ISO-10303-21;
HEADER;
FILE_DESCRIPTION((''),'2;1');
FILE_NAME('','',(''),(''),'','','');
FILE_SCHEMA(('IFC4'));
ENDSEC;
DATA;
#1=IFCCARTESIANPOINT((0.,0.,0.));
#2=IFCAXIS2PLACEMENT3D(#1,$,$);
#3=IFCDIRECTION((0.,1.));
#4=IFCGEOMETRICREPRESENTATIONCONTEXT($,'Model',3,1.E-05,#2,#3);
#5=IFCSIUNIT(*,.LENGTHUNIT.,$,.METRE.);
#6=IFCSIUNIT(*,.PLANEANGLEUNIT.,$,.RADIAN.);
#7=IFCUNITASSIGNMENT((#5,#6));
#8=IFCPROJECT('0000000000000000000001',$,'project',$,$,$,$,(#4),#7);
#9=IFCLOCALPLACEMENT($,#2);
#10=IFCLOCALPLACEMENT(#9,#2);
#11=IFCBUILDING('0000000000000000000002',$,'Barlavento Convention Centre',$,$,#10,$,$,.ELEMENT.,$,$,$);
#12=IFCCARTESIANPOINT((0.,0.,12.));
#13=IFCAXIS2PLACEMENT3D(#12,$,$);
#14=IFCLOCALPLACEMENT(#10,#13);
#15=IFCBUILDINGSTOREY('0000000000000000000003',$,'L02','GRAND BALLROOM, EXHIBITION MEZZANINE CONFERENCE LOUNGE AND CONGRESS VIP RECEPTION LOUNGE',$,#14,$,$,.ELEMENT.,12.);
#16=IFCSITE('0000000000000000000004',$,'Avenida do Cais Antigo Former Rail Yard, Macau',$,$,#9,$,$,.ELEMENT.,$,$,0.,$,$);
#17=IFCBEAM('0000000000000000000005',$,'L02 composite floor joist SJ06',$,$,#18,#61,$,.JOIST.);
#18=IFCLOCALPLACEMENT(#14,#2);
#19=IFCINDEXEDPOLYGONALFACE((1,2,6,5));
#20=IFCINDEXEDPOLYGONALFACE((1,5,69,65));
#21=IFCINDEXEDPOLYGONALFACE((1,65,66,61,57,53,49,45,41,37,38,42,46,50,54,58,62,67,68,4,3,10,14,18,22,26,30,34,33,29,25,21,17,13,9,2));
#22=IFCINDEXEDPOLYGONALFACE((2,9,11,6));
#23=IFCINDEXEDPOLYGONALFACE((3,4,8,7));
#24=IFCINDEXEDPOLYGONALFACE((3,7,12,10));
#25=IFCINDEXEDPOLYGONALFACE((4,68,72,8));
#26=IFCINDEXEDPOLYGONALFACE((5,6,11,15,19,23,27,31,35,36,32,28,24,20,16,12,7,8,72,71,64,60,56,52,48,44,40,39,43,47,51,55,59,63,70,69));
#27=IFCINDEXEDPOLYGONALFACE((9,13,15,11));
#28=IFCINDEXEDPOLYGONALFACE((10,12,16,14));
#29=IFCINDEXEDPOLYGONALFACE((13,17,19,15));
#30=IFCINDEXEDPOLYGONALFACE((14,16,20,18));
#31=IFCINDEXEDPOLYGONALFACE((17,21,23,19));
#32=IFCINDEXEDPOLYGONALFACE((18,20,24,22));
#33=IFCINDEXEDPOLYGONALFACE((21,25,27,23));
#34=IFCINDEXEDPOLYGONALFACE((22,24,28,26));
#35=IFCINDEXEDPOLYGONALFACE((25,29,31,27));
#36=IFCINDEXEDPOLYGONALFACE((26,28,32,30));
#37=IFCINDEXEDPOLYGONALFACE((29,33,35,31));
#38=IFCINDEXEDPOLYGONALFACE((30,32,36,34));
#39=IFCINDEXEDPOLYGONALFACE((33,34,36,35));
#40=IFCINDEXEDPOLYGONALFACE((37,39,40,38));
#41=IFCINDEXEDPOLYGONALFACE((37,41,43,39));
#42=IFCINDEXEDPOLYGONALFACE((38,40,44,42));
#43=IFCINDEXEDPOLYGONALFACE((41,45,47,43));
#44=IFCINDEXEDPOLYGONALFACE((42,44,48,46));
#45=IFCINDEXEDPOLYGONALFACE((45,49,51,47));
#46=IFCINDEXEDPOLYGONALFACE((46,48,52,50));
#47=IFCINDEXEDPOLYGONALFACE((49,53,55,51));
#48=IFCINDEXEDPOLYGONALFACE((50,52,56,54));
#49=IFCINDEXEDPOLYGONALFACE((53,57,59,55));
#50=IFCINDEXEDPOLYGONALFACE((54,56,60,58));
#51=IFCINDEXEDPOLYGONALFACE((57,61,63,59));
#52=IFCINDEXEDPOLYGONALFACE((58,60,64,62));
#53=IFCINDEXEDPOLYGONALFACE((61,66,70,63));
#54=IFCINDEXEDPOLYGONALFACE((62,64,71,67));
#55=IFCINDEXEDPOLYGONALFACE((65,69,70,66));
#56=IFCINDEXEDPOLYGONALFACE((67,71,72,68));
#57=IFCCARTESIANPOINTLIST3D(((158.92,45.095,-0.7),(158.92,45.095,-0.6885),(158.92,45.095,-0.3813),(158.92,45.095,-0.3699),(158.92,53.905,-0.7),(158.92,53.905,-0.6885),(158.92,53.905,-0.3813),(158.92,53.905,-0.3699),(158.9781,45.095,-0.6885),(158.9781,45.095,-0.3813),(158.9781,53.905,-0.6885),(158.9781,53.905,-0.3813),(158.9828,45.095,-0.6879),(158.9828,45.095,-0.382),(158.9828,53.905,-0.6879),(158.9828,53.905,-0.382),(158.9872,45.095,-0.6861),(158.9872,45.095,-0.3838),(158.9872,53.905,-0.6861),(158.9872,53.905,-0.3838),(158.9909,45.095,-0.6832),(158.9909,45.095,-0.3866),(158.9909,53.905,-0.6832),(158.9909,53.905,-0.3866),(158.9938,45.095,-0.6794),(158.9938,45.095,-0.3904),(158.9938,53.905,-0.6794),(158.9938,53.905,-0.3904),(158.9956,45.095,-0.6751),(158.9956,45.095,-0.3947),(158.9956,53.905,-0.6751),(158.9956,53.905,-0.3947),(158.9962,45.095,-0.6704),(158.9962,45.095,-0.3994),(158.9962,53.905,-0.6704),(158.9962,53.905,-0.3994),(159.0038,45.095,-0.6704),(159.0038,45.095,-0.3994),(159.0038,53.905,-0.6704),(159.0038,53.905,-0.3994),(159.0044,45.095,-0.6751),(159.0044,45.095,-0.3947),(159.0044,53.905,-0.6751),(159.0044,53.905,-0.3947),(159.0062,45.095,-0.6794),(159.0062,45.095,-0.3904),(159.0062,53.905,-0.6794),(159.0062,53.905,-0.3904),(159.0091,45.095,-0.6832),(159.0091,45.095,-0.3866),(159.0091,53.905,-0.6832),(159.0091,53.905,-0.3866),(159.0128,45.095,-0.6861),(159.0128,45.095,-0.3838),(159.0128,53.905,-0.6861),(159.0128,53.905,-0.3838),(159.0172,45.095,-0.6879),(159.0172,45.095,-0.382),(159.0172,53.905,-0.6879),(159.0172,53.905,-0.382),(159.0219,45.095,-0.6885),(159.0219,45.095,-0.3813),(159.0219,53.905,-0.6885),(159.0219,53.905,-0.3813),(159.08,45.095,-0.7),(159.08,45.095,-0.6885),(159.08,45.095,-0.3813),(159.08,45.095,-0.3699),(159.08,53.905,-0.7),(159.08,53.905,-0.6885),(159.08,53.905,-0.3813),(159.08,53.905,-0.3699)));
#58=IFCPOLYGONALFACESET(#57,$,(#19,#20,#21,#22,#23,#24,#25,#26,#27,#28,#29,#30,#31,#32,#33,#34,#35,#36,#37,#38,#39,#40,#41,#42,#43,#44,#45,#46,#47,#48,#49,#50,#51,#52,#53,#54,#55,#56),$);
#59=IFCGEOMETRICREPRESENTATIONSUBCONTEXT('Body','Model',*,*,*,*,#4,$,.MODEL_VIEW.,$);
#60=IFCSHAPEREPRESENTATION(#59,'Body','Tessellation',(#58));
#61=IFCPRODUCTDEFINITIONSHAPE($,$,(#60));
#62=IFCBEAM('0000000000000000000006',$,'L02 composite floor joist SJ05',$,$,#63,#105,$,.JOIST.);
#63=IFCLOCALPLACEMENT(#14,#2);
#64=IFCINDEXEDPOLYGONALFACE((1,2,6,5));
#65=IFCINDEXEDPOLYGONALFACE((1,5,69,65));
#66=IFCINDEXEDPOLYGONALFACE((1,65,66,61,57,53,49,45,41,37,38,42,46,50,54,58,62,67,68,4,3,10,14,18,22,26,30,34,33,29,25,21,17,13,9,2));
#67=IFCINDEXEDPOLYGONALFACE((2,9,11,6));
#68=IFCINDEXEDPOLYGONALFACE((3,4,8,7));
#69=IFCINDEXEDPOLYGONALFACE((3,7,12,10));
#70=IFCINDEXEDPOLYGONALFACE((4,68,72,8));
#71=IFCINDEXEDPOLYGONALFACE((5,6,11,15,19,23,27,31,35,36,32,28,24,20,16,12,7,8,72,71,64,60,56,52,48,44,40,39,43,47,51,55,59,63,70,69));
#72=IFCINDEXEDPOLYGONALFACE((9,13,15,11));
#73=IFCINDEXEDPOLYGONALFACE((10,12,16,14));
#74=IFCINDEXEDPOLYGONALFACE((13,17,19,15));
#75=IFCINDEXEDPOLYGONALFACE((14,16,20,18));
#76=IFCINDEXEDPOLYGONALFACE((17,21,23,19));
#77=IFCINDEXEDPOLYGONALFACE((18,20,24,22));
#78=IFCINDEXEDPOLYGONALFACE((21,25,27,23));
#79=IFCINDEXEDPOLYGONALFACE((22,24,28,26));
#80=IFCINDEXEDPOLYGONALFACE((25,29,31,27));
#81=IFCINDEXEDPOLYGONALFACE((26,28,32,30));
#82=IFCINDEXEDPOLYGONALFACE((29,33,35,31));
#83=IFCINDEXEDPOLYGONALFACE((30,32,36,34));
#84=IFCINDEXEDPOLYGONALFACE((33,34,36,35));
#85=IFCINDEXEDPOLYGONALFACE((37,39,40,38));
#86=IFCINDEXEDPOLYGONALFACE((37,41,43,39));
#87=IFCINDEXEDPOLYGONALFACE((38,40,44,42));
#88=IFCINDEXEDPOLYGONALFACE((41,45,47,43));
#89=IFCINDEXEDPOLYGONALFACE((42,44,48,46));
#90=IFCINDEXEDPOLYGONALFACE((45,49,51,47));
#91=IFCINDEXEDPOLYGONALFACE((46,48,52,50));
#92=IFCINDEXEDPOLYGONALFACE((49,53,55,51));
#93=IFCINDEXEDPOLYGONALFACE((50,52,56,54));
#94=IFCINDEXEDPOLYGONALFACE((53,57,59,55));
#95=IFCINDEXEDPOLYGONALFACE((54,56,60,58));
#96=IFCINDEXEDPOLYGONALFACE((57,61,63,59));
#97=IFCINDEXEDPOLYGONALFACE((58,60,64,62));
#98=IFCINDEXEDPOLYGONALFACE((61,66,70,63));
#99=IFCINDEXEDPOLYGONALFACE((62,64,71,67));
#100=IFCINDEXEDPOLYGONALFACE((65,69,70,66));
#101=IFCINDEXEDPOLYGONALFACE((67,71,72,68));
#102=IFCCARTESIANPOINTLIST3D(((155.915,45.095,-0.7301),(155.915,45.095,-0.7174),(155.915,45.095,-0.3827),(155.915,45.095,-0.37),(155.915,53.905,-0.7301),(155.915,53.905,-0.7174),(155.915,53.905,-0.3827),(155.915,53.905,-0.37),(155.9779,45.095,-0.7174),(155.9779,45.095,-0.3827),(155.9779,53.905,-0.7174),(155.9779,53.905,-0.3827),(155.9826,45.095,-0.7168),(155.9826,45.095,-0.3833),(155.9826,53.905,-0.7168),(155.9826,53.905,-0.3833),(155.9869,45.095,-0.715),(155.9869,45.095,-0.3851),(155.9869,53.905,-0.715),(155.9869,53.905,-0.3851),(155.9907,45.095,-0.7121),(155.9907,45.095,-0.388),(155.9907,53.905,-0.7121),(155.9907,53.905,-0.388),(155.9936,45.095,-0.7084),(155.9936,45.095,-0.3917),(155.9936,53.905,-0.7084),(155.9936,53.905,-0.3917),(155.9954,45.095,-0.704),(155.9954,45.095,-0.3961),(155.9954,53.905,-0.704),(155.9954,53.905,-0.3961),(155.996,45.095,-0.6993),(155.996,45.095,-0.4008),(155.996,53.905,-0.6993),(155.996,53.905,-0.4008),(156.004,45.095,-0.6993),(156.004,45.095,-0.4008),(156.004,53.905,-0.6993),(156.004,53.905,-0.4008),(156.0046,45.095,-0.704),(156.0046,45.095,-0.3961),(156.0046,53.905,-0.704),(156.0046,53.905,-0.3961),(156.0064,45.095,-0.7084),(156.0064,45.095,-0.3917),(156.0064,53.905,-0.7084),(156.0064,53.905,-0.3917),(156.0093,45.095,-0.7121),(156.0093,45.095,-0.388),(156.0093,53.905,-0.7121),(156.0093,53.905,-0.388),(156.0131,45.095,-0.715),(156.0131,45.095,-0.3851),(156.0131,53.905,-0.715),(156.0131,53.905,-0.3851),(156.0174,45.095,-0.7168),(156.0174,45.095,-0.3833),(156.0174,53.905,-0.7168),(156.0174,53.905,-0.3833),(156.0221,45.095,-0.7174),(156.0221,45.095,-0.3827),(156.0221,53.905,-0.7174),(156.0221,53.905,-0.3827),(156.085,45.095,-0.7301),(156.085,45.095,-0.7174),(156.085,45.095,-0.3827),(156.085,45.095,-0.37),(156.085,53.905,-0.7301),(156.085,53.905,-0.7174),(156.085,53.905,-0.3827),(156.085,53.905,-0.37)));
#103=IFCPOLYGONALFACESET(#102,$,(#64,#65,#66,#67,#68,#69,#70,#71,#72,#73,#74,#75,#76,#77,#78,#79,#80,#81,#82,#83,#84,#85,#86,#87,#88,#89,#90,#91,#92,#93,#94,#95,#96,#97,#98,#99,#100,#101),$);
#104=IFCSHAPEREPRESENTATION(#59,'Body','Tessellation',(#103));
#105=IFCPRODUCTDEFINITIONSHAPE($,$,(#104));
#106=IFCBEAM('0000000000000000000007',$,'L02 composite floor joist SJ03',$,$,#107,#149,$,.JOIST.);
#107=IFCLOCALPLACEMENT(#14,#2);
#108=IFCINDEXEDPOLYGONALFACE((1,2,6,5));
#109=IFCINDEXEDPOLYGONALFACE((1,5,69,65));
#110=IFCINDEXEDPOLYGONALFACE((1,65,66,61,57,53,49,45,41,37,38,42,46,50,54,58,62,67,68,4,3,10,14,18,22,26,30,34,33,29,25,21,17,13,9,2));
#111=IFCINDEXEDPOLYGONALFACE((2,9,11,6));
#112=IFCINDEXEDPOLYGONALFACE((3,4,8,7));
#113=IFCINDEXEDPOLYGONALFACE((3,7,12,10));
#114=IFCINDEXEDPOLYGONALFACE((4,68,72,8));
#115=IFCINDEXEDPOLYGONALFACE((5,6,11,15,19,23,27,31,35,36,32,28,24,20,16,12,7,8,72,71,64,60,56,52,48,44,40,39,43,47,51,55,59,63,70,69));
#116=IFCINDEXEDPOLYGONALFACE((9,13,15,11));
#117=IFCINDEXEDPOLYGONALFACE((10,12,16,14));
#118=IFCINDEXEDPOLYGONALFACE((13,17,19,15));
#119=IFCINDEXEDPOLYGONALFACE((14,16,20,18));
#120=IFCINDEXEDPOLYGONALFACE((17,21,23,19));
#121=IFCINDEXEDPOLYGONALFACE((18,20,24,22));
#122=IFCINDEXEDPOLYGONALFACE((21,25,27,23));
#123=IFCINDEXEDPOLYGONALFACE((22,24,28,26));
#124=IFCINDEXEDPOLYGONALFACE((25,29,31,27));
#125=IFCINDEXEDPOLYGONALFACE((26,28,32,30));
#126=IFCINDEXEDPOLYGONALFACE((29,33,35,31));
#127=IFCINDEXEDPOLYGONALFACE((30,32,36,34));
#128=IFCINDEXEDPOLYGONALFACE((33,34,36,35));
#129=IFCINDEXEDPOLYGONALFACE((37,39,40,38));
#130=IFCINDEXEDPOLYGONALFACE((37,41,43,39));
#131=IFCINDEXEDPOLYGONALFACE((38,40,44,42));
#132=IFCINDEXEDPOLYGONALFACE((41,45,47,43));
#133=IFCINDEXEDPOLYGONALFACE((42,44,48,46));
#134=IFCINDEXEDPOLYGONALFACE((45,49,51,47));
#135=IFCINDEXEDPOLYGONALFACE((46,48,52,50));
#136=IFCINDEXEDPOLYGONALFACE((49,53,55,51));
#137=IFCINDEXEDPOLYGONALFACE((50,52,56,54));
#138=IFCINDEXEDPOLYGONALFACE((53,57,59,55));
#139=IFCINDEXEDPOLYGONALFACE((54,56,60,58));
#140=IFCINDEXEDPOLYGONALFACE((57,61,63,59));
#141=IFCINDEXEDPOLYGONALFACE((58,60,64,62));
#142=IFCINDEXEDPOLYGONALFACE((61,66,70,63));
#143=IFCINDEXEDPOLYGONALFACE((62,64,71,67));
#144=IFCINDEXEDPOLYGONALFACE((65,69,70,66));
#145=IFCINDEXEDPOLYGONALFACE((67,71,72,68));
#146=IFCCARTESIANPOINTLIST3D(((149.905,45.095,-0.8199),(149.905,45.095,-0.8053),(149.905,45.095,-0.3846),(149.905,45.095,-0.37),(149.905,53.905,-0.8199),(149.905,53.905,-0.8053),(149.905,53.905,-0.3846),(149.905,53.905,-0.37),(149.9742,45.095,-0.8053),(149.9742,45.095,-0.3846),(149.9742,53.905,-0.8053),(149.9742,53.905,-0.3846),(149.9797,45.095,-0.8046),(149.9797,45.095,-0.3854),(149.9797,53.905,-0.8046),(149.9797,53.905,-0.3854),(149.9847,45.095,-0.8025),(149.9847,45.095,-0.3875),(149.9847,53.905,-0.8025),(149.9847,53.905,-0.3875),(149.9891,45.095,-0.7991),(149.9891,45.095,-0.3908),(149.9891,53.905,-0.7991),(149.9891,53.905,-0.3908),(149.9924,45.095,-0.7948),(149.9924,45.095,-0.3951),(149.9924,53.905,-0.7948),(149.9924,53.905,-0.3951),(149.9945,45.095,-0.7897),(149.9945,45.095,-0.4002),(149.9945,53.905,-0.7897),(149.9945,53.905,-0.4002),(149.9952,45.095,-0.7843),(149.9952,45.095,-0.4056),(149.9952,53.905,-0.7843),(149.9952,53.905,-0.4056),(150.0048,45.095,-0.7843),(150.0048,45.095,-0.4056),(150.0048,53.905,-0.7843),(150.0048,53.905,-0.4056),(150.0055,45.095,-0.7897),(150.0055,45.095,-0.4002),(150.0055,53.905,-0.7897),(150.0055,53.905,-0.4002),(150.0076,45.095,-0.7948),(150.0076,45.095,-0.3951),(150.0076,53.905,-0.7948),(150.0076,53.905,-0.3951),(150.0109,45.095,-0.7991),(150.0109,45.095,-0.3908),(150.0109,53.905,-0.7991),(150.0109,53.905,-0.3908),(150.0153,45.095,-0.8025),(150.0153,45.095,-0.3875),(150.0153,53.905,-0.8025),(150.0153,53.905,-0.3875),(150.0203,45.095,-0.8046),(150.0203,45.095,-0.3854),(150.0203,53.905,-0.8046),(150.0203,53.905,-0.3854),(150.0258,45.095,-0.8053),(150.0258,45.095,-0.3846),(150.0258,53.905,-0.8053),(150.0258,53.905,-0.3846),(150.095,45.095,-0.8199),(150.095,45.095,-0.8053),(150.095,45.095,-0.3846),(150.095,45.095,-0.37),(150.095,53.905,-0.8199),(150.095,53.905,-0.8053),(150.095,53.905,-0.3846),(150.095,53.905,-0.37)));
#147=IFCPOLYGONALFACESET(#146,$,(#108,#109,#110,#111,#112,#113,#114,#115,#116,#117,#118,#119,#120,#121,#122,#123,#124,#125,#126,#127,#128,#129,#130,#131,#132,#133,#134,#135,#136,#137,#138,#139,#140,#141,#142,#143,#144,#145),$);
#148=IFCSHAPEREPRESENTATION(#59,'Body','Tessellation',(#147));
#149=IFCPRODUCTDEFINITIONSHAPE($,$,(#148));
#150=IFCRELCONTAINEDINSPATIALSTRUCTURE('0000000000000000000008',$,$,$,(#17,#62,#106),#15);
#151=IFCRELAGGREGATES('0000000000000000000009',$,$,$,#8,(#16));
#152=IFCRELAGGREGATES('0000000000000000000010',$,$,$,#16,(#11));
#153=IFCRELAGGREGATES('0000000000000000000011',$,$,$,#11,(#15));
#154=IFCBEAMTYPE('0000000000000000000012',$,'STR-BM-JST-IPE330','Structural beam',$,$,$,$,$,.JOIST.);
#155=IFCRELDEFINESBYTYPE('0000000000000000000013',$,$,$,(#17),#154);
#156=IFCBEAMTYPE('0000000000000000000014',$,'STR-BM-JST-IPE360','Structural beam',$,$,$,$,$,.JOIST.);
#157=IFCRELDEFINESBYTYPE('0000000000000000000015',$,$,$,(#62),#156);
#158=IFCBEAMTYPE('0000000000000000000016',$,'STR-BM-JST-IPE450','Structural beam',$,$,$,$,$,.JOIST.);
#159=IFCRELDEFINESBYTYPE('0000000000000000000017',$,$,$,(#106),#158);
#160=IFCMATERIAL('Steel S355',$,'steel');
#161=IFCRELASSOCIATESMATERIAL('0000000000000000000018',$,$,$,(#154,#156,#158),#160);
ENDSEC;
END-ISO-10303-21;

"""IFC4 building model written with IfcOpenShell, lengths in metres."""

from ifc_helpers import new_model, si_unit, direction, frame, origin, origin_2d, place, context, subcontext, project, spatial, i_section, extrude, material, material_profile, profile_set, type_object, element, save


model = new_model("IFC4")

# Units and contexts
model_context = context("Model", 3, precision=1e-05, world=origin(), true_north=direction((0.0, 1.0)))
body_context = subcontext(model_context, "Body", "Model", "MODEL_VIEW")
ifc_project = project(units=[si_unit("LENGTHUNIT", "METRE"), si_unit("PLANEANGLEUNIT", "RADIAN")], contexts=[model_context])

# Site, building, storey
site_placement = place(None, origin())
site = spatial("IfcSite", under=ifc_project, at=site_placement, Name="Avenida do Cais Antigo Former Rail Yard, Macau", CompositionType="ELEMENT", RefElevation=0.0)
building_placement = place(site_placement, origin())
building = spatial("IfcBuilding", under=site, at=building_placement, Name="Barlavento Convention Centre", CompositionType="ELEMENT")
storey_placement = place(building_placement, frame((0.0, 0.0, 12.0)))
storey = spatial("IfcBuildingStorey", under=building, at=storey_placement, Name="L02", Description="GRAND BALLROOM, EXHIBITION MEZZANINE CONFERENCE LOUNGE AND CONGRESS VIP RECEPTION LOUNGE", CompositionType="ELEMENT", Elevation=12.0)

# Shared definitions
ifc_material_1 = material(Name="Steel S355", Category="steel")

# Beams
ifc_material_profile_1 = material_profile(ifc_material_1, i_section(OverallWidth=0.1599, OverallDepth=0.3301, WebThickness=0.0076, FlangeThickness=0.0115, FilletRadius=0.0181, at=origin_2d()), Name="IPE 330")
ifc_profile_set_1 = profile_set([ifc_material_profile_1], Name="Steel S355")
beam_type_1 = type_object("IfcBeamType", Name="STR-BM-JST-IPE330", Description="Structural beam", PredefinedType="JOIST", material=ifc_profile_set_1)
for number, where, z_axis, x_axis, name in (
    (1, (159.0, 45.095, -0.5349), (0.0, 1.0, 0.0), (-1.0, 0.0, 0.0), "L02 composite floor joist SJ06"),
):
    element("IfcBeam", number, at=place(storey_placement, frame(where, z_axis=z_axis, x_axis=x_axis)), inside=storey, type_object=beam_type_1, Name=name, PredefinedType="JOIST", context=body_context, shape_type="SweptSolid", body=[
        extrude(i_section(OverallWidth=0.1599, OverallDepth=0.3301, WebThickness=0.0076, FlangeThickness=0.0115, FilletRadius=0.0181, at=origin_2d()), origin(), (0.0, 0.0, 1.0), 8.8101),
    ])
ifc_material_profile_2 = material_profile(ifc_material_1, i_section(OverallWidth=0.1699, OverallDepth=0.3601, WebThickness=0.0081, FlangeThickness=0.0127, FilletRadius=0.0181, at=origin_2d()), Name="IPE 360")
ifc_profile_set_2 = profile_set([ifc_material_profile_2], Name="Steel S355")
beam_type_2 = type_object("IfcBeamType", Name="STR-BM-JST-IPE360", Description="Structural beam", PredefinedType="JOIST", material=ifc_profile_set_2)
beam_1_placement = place(storey_placement, frame((156.0, 45.095, -0.55), z_axis=(0.0, 1.0, 0.0), x_axis=(-1.0, 0.0, 0.0)))
element("IfcBeam", 2, at=beam_1_placement, inside=storey, type_object=beam_type_2, Name="L02 composite floor joist SJ05", PredefinedType="JOIST", context=body_context, shape_type="SweptSolid", body=[
    extrude(i_section(OverallWidth=0.1699, OverallDepth=0.3601, WebThickness=0.0081, FlangeThickness=0.0127, FilletRadius=0.0181, at=origin_2d()), origin(), (0.0, 0.0, 1.0), 8.8101),
])
ifc_material_profile_3 = material_profile(ifc_material_1, i_section(OverallWidth=0.1899, OverallDepth=0.45, WebThickness=0.0095, FlangeThickness=0.0146, FilletRadius=0.021, at=origin_2d()), Name="IPE 450")
ifc_profile_set_3 = profile_set([ifc_material_profile_3], Name="Steel S355")
beam_type_3 = type_object("IfcBeamType", Name="STR-BM-JST-IPE450", Description="Structural beam", PredefinedType="JOIST", material=ifc_profile_set_3)
beam_2_placement = place(storey_placement, frame((150.0, 45.095, -0.595), z_axis=(0.0, 1.0, 0.0), x_axis=(-1.0, 0.0, 0.0)))
element("IfcBeam", 3, at=beam_2_placement, inside=storey, type_object=beam_type_3, Name="L02 composite floor joist SJ03", PredefinedType="JOIST", context=body_context, shape_type="SweptSolid", body=[
    extrude(i_section(OverallWidth=0.1899, OverallDepth=0.45, WebThickness=0.0095, FlangeThickness=0.0146, FilletRadius=0.021, at=origin_2d()), origin(), (0.0, 0.0, 1.0), 8.8101),
])

save(model, "model.ifc")
